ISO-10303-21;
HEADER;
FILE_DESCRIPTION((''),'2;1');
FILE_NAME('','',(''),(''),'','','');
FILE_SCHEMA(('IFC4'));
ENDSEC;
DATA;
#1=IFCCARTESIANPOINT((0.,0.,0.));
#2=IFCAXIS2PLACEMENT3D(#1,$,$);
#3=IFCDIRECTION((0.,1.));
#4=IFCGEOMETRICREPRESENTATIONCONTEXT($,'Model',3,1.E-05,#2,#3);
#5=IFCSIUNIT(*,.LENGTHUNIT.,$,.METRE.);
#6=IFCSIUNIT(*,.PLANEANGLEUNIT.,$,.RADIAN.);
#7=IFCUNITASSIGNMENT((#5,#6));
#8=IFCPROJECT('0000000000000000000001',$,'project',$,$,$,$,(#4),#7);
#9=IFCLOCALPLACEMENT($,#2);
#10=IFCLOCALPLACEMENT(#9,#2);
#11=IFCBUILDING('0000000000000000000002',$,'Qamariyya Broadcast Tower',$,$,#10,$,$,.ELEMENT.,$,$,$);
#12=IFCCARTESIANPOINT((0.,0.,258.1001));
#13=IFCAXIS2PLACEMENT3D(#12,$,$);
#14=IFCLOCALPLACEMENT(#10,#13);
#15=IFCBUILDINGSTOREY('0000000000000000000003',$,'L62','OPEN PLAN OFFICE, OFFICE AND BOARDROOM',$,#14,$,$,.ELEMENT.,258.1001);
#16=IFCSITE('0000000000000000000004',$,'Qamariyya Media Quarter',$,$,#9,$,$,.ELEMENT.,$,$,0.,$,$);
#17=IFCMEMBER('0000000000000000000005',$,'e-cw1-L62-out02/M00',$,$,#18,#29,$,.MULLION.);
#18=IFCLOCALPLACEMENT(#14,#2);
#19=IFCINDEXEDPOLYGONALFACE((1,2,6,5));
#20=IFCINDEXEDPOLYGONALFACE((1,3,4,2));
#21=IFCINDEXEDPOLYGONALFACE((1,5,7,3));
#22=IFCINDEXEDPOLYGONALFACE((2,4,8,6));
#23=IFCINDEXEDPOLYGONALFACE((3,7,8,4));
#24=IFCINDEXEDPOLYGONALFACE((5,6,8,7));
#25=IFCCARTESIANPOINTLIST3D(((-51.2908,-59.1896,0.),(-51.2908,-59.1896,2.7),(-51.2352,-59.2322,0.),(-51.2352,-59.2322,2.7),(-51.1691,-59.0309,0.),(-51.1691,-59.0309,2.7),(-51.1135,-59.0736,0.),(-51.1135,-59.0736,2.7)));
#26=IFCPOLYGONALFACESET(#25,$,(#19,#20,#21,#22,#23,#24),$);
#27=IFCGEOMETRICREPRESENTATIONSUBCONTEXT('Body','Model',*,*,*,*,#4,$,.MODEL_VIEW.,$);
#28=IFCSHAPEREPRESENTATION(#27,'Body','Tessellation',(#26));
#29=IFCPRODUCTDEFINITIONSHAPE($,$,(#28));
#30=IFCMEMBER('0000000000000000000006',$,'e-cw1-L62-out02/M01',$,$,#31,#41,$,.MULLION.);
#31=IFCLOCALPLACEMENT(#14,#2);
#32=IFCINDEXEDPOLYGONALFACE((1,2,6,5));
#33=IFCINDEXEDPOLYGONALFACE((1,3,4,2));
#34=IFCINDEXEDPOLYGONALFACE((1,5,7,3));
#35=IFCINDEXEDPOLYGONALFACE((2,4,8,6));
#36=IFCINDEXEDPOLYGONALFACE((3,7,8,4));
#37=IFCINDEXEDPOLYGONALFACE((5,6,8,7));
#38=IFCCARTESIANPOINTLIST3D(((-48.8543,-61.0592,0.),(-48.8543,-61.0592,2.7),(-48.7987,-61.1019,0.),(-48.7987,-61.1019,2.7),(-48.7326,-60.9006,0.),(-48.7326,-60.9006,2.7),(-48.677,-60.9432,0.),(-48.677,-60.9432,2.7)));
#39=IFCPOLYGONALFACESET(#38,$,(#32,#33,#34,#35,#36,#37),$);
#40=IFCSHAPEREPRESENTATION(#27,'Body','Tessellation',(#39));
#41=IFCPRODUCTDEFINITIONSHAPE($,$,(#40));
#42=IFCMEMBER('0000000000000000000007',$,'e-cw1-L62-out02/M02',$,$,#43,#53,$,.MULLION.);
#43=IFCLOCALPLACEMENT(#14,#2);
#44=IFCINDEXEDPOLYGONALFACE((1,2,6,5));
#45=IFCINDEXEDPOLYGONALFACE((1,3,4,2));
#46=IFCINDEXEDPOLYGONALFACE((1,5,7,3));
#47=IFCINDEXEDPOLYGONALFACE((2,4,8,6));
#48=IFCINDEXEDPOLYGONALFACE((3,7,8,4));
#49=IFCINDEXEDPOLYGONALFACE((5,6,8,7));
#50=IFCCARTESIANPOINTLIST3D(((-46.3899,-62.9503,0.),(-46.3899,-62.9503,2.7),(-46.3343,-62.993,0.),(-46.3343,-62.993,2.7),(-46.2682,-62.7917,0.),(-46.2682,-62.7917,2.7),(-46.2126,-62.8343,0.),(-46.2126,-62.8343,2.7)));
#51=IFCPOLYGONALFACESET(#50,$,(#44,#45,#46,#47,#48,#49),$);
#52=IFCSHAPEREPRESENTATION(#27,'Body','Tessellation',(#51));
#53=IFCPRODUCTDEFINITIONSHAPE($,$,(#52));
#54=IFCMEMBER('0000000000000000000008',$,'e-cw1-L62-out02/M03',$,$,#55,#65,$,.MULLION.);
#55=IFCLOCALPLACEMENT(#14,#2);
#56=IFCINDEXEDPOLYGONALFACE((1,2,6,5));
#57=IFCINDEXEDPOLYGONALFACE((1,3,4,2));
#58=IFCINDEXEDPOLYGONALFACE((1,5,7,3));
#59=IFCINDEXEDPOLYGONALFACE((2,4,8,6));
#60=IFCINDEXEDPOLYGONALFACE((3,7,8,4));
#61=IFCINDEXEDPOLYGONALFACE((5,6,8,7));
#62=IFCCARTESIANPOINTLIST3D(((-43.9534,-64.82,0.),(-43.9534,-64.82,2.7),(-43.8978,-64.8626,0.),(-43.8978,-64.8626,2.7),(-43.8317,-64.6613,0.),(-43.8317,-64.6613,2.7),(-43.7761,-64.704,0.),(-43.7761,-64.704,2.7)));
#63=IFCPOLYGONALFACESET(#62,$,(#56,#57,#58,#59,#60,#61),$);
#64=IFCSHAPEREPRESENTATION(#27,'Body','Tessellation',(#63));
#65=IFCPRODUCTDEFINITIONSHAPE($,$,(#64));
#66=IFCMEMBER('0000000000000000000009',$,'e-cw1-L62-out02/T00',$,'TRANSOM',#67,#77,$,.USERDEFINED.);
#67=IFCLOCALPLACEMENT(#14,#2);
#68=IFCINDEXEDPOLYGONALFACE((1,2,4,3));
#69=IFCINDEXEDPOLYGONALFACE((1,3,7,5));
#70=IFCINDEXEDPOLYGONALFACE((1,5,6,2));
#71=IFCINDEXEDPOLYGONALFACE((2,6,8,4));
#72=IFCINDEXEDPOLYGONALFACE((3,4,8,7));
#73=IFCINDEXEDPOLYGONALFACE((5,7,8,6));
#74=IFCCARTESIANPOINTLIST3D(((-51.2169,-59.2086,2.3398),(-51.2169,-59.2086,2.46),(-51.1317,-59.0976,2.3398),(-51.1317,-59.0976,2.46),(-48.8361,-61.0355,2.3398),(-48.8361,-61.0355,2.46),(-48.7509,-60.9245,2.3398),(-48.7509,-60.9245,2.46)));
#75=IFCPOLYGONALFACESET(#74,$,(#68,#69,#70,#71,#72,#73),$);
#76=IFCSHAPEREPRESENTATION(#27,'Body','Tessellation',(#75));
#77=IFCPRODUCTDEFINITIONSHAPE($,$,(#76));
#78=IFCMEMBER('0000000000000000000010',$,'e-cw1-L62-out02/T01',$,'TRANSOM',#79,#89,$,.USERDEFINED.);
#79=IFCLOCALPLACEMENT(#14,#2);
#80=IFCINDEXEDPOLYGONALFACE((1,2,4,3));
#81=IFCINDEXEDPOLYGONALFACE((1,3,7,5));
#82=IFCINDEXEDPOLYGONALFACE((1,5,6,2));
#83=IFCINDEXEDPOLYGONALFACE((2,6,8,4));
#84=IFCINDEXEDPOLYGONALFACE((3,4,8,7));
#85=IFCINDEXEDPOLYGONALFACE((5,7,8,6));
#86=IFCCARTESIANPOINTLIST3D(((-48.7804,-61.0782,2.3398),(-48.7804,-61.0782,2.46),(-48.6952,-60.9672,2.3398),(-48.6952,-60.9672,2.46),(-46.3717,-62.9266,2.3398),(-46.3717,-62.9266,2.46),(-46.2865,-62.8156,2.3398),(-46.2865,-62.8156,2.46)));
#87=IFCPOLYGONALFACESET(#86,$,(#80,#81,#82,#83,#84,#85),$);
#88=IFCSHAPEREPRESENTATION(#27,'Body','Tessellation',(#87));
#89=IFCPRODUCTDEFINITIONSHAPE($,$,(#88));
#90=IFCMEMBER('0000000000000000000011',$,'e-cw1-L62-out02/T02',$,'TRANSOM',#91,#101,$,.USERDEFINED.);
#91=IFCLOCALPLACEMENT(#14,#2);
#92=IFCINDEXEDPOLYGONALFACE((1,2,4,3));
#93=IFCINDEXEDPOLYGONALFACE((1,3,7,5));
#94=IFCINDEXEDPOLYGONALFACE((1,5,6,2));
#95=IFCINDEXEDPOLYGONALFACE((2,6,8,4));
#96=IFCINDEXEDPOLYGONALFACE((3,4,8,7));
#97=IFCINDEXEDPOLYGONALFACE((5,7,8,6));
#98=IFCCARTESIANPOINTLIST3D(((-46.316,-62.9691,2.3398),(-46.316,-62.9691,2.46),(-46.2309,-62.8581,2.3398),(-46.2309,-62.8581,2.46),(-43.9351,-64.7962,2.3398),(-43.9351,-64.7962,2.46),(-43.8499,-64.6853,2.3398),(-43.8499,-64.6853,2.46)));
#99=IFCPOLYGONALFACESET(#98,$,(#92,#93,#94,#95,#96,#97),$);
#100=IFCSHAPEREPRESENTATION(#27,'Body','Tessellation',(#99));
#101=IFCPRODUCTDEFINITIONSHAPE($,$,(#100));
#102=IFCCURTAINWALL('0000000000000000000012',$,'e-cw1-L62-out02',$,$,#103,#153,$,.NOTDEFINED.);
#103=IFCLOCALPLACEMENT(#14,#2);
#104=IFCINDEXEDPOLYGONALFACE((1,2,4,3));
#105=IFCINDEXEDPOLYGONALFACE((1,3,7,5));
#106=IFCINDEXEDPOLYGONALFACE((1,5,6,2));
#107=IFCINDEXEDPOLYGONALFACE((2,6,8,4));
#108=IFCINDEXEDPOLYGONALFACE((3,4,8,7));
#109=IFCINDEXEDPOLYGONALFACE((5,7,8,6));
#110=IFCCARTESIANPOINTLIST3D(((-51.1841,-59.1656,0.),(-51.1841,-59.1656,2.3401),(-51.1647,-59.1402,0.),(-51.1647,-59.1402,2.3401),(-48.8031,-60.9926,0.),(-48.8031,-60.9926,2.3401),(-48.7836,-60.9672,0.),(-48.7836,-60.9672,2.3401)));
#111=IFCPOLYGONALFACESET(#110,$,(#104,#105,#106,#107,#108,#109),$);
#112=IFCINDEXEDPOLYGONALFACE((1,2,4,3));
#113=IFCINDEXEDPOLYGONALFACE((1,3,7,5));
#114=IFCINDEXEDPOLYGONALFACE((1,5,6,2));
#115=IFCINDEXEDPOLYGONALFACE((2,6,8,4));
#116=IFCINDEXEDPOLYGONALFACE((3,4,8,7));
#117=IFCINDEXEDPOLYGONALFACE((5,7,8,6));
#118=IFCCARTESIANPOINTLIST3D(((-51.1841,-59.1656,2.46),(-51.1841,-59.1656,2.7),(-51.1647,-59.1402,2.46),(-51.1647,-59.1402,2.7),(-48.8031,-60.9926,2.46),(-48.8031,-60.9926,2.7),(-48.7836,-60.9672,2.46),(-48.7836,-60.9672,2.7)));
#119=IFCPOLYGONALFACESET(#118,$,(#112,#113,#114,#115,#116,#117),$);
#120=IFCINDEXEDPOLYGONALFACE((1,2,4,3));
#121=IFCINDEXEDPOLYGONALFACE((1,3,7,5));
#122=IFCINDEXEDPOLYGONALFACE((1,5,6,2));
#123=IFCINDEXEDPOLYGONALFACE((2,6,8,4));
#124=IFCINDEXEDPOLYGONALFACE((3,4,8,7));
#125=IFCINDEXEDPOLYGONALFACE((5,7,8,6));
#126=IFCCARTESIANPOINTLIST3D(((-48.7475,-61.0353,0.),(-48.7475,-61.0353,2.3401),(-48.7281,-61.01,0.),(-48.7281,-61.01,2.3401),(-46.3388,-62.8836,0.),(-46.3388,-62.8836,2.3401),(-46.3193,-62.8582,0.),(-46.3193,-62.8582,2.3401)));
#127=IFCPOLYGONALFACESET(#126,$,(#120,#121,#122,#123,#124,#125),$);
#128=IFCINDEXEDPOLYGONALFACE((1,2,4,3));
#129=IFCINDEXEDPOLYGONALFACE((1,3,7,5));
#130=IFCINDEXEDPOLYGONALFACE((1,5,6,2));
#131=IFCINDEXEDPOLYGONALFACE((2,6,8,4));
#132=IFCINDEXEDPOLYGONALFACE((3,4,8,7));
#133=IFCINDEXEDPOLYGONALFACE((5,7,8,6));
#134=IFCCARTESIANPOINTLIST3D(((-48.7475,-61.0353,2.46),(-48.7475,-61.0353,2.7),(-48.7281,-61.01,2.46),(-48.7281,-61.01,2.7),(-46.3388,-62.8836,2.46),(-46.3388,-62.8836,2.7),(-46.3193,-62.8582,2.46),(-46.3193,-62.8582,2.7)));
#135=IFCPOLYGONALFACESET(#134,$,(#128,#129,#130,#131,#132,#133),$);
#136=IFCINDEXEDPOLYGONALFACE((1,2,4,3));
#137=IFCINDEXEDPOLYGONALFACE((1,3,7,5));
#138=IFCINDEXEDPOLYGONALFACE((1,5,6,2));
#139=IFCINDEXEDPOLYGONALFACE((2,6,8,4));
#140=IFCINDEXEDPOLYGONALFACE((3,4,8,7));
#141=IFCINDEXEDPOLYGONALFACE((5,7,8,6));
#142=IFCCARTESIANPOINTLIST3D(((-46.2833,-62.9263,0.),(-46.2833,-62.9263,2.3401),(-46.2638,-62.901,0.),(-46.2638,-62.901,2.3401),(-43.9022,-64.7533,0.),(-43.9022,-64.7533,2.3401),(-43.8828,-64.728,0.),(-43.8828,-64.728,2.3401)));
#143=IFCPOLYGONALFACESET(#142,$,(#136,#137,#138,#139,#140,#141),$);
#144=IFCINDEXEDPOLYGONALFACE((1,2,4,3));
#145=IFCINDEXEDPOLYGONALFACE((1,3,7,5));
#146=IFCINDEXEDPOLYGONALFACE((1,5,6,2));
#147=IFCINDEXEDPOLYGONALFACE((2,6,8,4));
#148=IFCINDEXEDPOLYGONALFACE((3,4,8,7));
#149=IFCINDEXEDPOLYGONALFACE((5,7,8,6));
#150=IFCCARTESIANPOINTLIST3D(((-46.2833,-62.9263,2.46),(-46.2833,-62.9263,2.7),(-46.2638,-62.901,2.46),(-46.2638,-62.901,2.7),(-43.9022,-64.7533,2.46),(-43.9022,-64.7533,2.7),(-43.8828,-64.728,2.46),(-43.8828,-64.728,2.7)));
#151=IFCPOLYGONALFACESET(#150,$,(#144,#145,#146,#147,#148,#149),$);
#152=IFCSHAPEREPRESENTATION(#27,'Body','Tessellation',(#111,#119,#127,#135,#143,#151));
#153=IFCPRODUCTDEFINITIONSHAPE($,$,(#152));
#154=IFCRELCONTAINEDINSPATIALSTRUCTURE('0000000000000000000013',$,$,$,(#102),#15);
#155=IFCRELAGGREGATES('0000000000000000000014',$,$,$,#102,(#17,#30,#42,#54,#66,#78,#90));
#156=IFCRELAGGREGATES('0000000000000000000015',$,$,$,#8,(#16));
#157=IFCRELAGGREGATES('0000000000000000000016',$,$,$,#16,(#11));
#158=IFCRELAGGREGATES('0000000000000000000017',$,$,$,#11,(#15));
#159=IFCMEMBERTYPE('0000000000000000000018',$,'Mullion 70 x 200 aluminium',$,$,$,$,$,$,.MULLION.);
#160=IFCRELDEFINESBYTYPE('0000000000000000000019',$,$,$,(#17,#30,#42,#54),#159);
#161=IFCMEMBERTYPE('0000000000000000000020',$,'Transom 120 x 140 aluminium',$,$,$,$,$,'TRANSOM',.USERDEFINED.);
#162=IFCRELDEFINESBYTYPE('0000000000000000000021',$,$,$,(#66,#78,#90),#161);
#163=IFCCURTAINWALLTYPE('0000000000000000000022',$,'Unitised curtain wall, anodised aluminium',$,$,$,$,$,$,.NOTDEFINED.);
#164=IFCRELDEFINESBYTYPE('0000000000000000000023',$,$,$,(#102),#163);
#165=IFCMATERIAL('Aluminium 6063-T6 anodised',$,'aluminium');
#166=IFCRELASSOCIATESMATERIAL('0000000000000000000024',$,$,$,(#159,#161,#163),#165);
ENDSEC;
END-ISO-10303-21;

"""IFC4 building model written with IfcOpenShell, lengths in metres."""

from ifc_helpers import new_model, si_unit, direction, frame, origin, origin_2d, place, context, subcontext, project, spatial, rectangle, extrude, material, material_profile, profile_set, type_object, element, aggregate, save


model = new_model("IFC4")

# Units and contexts
model_context = context("Model", 3, precision=1e-05, world=origin(), true_north=direction((0.0, 1.0)))
body_context = subcontext(model_context, "Body", "Model", "MODEL_VIEW")
ifc_project = project(units=[si_unit("LENGTHUNIT", "METRE"), si_unit("PLANEANGLEUNIT", "RADIAN")], contexts=[model_context])

# Members
ifc_material_1 = material(Name="Aluminium 6063-T6 anodised", Category="aluminium")
ifc_material_profile_1 = material_profile(ifc_material_1, rectangle(XDim=0.2, YDim=0.0701, at=origin_2d()))
ifc_profile_set_1 = profile_set([ifc_material_profile_1], Name="Aluminium 6063-T6 anodised")
member_type_1 = type_object("IfcMemberType", Name="Mullion 70 x 200 aluminium", PredefinedType="MULLION", material=ifc_profile_set_1)
site_placement = place(None, origin())
building_placement = place(site_placement, origin())
storey_placement = place(building_placement, frame((0.0, 0.0, 258.1001)))
member_1_placement = place(storey_placement, frame((-51.2021, -59.1316, 0.0), z_axis=(0.0, 0.0, 1.0), x_axis=(0.608761, 0.793353, 0.0)))
member_1 = element("IfcMember", 1, at=member_1_placement, type_object=member_type_1, Name="e-cw1-L62-out02/M00", PredefinedType="MULLION", context=body_context, shape_type="SweptSolid", body=[
    extrude(rectangle(XDim=0.2, YDim=0.0701, at=origin_2d()), origin(), (0.0, 0.0, 1.0), 2.7),
])
member_2_placement = place(storey_placement, frame((-48.7656, -61.0012, 0.0), z_axis=(0.0, 0.0, 1.0), x_axis=(0.608761, 0.793353, 0.0)))
member_2 = element("IfcMember", 2, at=member_2_placement, type_object=member_type_1, Name="e-cw1-L62-out02/M01", PredefinedType="MULLION", context=body_context, shape_type="SweptSolid", body=[
    extrude(rectangle(XDim=0.2, YDim=0.0701, at=origin_2d()), origin(), (0.0, 0.0, 1.0), 2.7),
])
member_3_placement = place(storey_placement, frame((-46.3013, -62.8923, 0.0), z_axis=(0.0, 0.0, 1.0), x_axis=(0.608761, 0.793353, 0.0)))
member_3 = element("IfcMember", 3, at=member_3_placement, type_object=member_type_1, Name="e-cw1-L62-out02/M02", PredefinedType="MULLION", context=body_context, shape_type="SweptSolid", body=[
    extrude(rectangle(XDim=0.2, YDim=0.0701, at=origin_2d()), origin(), (0.0, 0.0, 1.0), 2.7),
])
member_4_placement = place(storey_placement, frame((-43.8647, -64.762, 0.0), z_axis=(0.0, 0.0, 1.0), x_axis=(0.608761, 0.793353, 0.0)))
member_4 = element("IfcMember", 4, at=member_4_placement, type_object=member_type_1, Name="e-cw1-L62-out02/M03", PredefinedType="MULLION", context=body_context, shape_type="SweptSolid", body=[
    extrude(rectangle(XDim=0.2, YDim=0.0701, at=origin_2d()), origin(), (0.0, 0.0, 1.0), 2.7),
])
ifc_material_profile_2 = material_profile(ifc_material_1, rectangle(XDim=0.1399, YDim=0.1201, at=origin_2d()))
ifc_profile_set_2 = profile_set([ifc_material_profile_2], Name="Aluminium 6063-T6 anodised")
member_type_2 = type_object("IfcMemberType", Name="Transom 120 x 140 aluminium", ElementType="TRANSOM", PredefinedType="USERDEFINED", material=ifc_profile_set_2)
member_5_placement = place(storey_placement, frame((-51.1743, -59.1531, 2.3999), z_axis=(0.793352, -0.608763, 0.0), x_axis=(0.608763, 0.793352, 0.0)))
member_5 = element("IfcMember", 5, at=member_5_placement, type_object=member_type_2, Name="e-cw1-L62-out02/T00", ObjectType="TRANSOM", PredefinedType="USERDEFINED", context=body_context, shape_type="SweptSolid", body=[
    extrude(rectangle(XDim=0.1399, YDim=0.1201, at=origin_2d()), origin(), (0.0, 0.0, 1.0), 3.001),
])
member_6_placement = place(storey_placement, frame((-48.7378, -61.0227, 2.3999), z_axis=(0.793332, -0.608789, 0.0), x_axis=(0.608789, 0.793332, 0.0)))
member_6 = element("IfcMember", 6, at=member_6_placement, type_object=member_type_2, Name="e-cw1-L62-out02/T01", ObjectType="TRANSOM", PredefinedType="USERDEFINED", context=body_context, shape_type="SweptSolid", body=[
    extrude(rectangle(XDim=0.1399, YDim=0.1201, at=origin_2d()), origin(), (0.0, 0.0, 1.0), 3.0361),
])
member_7_placement = place(storey_placement, frame((-46.2734, -62.9136, 2.3999), z_axis=(0.793313, -0.608814, 0.0), x_axis=(0.608814, 0.793313, 0.0)))
member_7 = element("IfcMember", 7, at=member_7_placement, type_object=member_type_2, Name="e-cw1-L62-out02/T02", ObjectType="TRANSOM", PredefinedType="USERDEFINED", context=body_context, shape_type="SweptSolid", body=[
    extrude(rectangle(XDim=0.1399, YDim=0.1201, at=origin_2d()), origin(), (0.0, 0.0, 1.0), 3.0012),
])

# Site, building, storey
site = spatial("IfcSite", under=ifc_project, at=site_placement, Name="Qamariyya Media Quarter", CompositionType="ELEMENT", RefElevation=0.0)
building = spatial("IfcBuilding", under=site, at=building_placement, Name="Qamariyya Broadcast Tower", CompositionType="ELEMENT")
storey = spatial("IfcBuildingStorey", under=building, at=storey_placement, Name="L62", Description="OPEN PLAN OFFICE, OFFICE AND BOARDROOM", CompositionType="ELEMENT", Elevation=258.1001)

# Curtain wall
curtain_wall_type = type_object("IfcCurtainWallType", Name="Unitised curtain wall, anodised aluminium", PredefinedType="NOTDEFINED", material=ifc_material_1)
curtain_wall_1_placement = place(storey_placement, origin())
curtain_wall_1 = element("IfcCurtainWall", 8, at=curtain_wall_1_placement, inside=storey, type_object=curtain_wall_type, Name="e-cw1-L62-out02", PredefinedType="NOTDEFINED", context=body_context, shape_type="SweptSolid", body=[
    extrude(rectangle(XDim=3.0012, YDim=0.032, at=origin_2d()), frame((-49.9839, -60.0664, 0.0), x_axis=(0.793356, -0.608758, 0.0)), (0.0, 0.0, 1.0), 2.3401),
    extrude(rectangle(XDim=3.0012, YDim=0.032, at=origin_2d()), frame((-49.9839, -60.0664, 2.46), x_axis=(0.793356, -0.608758, 0.0)), (0.0, 0.0, 1.0), 0.24),
    extrude(rectangle(XDim=3.0361, YDim=0.032, at=origin_2d()), frame((-47.5334, -61.9468, 0.0), x_axis=(0.793356, -0.608758, 0.0)), (0.0, 0.0, 1.0), 2.3401),
    extrude(rectangle(XDim=3.0361, YDim=0.032, at=origin_2d()), frame((-47.5334, -61.9468, 2.46), x_axis=(0.793356, -0.608758, 0.0)), (0.0, 0.0, 1.0), 0.24),
    extrude(rectangle(XDim=3.0012, YDim=0.032, at=origin_2d()), frame((-45.083, -63.8271, 0.0), x_axis=(0.793356, -0.608758, 0.0)), (0.0, 0.0, 1.0), 2.3401),
    extrude(rectangle(XDim=3.0012, YDim=0.032, at=origin_2d()), frame((-45.083, -63.8271, 2.46), x_axis=(0.793356, -0.608758, 0.0)), (0.0, 0.0, 1.0), 0.24),
])
aggregate(curtain_wall_1, [member_1, member_2, member_3, member_4, member_5, member_6, member_7])

save(model, "model.ifc")
